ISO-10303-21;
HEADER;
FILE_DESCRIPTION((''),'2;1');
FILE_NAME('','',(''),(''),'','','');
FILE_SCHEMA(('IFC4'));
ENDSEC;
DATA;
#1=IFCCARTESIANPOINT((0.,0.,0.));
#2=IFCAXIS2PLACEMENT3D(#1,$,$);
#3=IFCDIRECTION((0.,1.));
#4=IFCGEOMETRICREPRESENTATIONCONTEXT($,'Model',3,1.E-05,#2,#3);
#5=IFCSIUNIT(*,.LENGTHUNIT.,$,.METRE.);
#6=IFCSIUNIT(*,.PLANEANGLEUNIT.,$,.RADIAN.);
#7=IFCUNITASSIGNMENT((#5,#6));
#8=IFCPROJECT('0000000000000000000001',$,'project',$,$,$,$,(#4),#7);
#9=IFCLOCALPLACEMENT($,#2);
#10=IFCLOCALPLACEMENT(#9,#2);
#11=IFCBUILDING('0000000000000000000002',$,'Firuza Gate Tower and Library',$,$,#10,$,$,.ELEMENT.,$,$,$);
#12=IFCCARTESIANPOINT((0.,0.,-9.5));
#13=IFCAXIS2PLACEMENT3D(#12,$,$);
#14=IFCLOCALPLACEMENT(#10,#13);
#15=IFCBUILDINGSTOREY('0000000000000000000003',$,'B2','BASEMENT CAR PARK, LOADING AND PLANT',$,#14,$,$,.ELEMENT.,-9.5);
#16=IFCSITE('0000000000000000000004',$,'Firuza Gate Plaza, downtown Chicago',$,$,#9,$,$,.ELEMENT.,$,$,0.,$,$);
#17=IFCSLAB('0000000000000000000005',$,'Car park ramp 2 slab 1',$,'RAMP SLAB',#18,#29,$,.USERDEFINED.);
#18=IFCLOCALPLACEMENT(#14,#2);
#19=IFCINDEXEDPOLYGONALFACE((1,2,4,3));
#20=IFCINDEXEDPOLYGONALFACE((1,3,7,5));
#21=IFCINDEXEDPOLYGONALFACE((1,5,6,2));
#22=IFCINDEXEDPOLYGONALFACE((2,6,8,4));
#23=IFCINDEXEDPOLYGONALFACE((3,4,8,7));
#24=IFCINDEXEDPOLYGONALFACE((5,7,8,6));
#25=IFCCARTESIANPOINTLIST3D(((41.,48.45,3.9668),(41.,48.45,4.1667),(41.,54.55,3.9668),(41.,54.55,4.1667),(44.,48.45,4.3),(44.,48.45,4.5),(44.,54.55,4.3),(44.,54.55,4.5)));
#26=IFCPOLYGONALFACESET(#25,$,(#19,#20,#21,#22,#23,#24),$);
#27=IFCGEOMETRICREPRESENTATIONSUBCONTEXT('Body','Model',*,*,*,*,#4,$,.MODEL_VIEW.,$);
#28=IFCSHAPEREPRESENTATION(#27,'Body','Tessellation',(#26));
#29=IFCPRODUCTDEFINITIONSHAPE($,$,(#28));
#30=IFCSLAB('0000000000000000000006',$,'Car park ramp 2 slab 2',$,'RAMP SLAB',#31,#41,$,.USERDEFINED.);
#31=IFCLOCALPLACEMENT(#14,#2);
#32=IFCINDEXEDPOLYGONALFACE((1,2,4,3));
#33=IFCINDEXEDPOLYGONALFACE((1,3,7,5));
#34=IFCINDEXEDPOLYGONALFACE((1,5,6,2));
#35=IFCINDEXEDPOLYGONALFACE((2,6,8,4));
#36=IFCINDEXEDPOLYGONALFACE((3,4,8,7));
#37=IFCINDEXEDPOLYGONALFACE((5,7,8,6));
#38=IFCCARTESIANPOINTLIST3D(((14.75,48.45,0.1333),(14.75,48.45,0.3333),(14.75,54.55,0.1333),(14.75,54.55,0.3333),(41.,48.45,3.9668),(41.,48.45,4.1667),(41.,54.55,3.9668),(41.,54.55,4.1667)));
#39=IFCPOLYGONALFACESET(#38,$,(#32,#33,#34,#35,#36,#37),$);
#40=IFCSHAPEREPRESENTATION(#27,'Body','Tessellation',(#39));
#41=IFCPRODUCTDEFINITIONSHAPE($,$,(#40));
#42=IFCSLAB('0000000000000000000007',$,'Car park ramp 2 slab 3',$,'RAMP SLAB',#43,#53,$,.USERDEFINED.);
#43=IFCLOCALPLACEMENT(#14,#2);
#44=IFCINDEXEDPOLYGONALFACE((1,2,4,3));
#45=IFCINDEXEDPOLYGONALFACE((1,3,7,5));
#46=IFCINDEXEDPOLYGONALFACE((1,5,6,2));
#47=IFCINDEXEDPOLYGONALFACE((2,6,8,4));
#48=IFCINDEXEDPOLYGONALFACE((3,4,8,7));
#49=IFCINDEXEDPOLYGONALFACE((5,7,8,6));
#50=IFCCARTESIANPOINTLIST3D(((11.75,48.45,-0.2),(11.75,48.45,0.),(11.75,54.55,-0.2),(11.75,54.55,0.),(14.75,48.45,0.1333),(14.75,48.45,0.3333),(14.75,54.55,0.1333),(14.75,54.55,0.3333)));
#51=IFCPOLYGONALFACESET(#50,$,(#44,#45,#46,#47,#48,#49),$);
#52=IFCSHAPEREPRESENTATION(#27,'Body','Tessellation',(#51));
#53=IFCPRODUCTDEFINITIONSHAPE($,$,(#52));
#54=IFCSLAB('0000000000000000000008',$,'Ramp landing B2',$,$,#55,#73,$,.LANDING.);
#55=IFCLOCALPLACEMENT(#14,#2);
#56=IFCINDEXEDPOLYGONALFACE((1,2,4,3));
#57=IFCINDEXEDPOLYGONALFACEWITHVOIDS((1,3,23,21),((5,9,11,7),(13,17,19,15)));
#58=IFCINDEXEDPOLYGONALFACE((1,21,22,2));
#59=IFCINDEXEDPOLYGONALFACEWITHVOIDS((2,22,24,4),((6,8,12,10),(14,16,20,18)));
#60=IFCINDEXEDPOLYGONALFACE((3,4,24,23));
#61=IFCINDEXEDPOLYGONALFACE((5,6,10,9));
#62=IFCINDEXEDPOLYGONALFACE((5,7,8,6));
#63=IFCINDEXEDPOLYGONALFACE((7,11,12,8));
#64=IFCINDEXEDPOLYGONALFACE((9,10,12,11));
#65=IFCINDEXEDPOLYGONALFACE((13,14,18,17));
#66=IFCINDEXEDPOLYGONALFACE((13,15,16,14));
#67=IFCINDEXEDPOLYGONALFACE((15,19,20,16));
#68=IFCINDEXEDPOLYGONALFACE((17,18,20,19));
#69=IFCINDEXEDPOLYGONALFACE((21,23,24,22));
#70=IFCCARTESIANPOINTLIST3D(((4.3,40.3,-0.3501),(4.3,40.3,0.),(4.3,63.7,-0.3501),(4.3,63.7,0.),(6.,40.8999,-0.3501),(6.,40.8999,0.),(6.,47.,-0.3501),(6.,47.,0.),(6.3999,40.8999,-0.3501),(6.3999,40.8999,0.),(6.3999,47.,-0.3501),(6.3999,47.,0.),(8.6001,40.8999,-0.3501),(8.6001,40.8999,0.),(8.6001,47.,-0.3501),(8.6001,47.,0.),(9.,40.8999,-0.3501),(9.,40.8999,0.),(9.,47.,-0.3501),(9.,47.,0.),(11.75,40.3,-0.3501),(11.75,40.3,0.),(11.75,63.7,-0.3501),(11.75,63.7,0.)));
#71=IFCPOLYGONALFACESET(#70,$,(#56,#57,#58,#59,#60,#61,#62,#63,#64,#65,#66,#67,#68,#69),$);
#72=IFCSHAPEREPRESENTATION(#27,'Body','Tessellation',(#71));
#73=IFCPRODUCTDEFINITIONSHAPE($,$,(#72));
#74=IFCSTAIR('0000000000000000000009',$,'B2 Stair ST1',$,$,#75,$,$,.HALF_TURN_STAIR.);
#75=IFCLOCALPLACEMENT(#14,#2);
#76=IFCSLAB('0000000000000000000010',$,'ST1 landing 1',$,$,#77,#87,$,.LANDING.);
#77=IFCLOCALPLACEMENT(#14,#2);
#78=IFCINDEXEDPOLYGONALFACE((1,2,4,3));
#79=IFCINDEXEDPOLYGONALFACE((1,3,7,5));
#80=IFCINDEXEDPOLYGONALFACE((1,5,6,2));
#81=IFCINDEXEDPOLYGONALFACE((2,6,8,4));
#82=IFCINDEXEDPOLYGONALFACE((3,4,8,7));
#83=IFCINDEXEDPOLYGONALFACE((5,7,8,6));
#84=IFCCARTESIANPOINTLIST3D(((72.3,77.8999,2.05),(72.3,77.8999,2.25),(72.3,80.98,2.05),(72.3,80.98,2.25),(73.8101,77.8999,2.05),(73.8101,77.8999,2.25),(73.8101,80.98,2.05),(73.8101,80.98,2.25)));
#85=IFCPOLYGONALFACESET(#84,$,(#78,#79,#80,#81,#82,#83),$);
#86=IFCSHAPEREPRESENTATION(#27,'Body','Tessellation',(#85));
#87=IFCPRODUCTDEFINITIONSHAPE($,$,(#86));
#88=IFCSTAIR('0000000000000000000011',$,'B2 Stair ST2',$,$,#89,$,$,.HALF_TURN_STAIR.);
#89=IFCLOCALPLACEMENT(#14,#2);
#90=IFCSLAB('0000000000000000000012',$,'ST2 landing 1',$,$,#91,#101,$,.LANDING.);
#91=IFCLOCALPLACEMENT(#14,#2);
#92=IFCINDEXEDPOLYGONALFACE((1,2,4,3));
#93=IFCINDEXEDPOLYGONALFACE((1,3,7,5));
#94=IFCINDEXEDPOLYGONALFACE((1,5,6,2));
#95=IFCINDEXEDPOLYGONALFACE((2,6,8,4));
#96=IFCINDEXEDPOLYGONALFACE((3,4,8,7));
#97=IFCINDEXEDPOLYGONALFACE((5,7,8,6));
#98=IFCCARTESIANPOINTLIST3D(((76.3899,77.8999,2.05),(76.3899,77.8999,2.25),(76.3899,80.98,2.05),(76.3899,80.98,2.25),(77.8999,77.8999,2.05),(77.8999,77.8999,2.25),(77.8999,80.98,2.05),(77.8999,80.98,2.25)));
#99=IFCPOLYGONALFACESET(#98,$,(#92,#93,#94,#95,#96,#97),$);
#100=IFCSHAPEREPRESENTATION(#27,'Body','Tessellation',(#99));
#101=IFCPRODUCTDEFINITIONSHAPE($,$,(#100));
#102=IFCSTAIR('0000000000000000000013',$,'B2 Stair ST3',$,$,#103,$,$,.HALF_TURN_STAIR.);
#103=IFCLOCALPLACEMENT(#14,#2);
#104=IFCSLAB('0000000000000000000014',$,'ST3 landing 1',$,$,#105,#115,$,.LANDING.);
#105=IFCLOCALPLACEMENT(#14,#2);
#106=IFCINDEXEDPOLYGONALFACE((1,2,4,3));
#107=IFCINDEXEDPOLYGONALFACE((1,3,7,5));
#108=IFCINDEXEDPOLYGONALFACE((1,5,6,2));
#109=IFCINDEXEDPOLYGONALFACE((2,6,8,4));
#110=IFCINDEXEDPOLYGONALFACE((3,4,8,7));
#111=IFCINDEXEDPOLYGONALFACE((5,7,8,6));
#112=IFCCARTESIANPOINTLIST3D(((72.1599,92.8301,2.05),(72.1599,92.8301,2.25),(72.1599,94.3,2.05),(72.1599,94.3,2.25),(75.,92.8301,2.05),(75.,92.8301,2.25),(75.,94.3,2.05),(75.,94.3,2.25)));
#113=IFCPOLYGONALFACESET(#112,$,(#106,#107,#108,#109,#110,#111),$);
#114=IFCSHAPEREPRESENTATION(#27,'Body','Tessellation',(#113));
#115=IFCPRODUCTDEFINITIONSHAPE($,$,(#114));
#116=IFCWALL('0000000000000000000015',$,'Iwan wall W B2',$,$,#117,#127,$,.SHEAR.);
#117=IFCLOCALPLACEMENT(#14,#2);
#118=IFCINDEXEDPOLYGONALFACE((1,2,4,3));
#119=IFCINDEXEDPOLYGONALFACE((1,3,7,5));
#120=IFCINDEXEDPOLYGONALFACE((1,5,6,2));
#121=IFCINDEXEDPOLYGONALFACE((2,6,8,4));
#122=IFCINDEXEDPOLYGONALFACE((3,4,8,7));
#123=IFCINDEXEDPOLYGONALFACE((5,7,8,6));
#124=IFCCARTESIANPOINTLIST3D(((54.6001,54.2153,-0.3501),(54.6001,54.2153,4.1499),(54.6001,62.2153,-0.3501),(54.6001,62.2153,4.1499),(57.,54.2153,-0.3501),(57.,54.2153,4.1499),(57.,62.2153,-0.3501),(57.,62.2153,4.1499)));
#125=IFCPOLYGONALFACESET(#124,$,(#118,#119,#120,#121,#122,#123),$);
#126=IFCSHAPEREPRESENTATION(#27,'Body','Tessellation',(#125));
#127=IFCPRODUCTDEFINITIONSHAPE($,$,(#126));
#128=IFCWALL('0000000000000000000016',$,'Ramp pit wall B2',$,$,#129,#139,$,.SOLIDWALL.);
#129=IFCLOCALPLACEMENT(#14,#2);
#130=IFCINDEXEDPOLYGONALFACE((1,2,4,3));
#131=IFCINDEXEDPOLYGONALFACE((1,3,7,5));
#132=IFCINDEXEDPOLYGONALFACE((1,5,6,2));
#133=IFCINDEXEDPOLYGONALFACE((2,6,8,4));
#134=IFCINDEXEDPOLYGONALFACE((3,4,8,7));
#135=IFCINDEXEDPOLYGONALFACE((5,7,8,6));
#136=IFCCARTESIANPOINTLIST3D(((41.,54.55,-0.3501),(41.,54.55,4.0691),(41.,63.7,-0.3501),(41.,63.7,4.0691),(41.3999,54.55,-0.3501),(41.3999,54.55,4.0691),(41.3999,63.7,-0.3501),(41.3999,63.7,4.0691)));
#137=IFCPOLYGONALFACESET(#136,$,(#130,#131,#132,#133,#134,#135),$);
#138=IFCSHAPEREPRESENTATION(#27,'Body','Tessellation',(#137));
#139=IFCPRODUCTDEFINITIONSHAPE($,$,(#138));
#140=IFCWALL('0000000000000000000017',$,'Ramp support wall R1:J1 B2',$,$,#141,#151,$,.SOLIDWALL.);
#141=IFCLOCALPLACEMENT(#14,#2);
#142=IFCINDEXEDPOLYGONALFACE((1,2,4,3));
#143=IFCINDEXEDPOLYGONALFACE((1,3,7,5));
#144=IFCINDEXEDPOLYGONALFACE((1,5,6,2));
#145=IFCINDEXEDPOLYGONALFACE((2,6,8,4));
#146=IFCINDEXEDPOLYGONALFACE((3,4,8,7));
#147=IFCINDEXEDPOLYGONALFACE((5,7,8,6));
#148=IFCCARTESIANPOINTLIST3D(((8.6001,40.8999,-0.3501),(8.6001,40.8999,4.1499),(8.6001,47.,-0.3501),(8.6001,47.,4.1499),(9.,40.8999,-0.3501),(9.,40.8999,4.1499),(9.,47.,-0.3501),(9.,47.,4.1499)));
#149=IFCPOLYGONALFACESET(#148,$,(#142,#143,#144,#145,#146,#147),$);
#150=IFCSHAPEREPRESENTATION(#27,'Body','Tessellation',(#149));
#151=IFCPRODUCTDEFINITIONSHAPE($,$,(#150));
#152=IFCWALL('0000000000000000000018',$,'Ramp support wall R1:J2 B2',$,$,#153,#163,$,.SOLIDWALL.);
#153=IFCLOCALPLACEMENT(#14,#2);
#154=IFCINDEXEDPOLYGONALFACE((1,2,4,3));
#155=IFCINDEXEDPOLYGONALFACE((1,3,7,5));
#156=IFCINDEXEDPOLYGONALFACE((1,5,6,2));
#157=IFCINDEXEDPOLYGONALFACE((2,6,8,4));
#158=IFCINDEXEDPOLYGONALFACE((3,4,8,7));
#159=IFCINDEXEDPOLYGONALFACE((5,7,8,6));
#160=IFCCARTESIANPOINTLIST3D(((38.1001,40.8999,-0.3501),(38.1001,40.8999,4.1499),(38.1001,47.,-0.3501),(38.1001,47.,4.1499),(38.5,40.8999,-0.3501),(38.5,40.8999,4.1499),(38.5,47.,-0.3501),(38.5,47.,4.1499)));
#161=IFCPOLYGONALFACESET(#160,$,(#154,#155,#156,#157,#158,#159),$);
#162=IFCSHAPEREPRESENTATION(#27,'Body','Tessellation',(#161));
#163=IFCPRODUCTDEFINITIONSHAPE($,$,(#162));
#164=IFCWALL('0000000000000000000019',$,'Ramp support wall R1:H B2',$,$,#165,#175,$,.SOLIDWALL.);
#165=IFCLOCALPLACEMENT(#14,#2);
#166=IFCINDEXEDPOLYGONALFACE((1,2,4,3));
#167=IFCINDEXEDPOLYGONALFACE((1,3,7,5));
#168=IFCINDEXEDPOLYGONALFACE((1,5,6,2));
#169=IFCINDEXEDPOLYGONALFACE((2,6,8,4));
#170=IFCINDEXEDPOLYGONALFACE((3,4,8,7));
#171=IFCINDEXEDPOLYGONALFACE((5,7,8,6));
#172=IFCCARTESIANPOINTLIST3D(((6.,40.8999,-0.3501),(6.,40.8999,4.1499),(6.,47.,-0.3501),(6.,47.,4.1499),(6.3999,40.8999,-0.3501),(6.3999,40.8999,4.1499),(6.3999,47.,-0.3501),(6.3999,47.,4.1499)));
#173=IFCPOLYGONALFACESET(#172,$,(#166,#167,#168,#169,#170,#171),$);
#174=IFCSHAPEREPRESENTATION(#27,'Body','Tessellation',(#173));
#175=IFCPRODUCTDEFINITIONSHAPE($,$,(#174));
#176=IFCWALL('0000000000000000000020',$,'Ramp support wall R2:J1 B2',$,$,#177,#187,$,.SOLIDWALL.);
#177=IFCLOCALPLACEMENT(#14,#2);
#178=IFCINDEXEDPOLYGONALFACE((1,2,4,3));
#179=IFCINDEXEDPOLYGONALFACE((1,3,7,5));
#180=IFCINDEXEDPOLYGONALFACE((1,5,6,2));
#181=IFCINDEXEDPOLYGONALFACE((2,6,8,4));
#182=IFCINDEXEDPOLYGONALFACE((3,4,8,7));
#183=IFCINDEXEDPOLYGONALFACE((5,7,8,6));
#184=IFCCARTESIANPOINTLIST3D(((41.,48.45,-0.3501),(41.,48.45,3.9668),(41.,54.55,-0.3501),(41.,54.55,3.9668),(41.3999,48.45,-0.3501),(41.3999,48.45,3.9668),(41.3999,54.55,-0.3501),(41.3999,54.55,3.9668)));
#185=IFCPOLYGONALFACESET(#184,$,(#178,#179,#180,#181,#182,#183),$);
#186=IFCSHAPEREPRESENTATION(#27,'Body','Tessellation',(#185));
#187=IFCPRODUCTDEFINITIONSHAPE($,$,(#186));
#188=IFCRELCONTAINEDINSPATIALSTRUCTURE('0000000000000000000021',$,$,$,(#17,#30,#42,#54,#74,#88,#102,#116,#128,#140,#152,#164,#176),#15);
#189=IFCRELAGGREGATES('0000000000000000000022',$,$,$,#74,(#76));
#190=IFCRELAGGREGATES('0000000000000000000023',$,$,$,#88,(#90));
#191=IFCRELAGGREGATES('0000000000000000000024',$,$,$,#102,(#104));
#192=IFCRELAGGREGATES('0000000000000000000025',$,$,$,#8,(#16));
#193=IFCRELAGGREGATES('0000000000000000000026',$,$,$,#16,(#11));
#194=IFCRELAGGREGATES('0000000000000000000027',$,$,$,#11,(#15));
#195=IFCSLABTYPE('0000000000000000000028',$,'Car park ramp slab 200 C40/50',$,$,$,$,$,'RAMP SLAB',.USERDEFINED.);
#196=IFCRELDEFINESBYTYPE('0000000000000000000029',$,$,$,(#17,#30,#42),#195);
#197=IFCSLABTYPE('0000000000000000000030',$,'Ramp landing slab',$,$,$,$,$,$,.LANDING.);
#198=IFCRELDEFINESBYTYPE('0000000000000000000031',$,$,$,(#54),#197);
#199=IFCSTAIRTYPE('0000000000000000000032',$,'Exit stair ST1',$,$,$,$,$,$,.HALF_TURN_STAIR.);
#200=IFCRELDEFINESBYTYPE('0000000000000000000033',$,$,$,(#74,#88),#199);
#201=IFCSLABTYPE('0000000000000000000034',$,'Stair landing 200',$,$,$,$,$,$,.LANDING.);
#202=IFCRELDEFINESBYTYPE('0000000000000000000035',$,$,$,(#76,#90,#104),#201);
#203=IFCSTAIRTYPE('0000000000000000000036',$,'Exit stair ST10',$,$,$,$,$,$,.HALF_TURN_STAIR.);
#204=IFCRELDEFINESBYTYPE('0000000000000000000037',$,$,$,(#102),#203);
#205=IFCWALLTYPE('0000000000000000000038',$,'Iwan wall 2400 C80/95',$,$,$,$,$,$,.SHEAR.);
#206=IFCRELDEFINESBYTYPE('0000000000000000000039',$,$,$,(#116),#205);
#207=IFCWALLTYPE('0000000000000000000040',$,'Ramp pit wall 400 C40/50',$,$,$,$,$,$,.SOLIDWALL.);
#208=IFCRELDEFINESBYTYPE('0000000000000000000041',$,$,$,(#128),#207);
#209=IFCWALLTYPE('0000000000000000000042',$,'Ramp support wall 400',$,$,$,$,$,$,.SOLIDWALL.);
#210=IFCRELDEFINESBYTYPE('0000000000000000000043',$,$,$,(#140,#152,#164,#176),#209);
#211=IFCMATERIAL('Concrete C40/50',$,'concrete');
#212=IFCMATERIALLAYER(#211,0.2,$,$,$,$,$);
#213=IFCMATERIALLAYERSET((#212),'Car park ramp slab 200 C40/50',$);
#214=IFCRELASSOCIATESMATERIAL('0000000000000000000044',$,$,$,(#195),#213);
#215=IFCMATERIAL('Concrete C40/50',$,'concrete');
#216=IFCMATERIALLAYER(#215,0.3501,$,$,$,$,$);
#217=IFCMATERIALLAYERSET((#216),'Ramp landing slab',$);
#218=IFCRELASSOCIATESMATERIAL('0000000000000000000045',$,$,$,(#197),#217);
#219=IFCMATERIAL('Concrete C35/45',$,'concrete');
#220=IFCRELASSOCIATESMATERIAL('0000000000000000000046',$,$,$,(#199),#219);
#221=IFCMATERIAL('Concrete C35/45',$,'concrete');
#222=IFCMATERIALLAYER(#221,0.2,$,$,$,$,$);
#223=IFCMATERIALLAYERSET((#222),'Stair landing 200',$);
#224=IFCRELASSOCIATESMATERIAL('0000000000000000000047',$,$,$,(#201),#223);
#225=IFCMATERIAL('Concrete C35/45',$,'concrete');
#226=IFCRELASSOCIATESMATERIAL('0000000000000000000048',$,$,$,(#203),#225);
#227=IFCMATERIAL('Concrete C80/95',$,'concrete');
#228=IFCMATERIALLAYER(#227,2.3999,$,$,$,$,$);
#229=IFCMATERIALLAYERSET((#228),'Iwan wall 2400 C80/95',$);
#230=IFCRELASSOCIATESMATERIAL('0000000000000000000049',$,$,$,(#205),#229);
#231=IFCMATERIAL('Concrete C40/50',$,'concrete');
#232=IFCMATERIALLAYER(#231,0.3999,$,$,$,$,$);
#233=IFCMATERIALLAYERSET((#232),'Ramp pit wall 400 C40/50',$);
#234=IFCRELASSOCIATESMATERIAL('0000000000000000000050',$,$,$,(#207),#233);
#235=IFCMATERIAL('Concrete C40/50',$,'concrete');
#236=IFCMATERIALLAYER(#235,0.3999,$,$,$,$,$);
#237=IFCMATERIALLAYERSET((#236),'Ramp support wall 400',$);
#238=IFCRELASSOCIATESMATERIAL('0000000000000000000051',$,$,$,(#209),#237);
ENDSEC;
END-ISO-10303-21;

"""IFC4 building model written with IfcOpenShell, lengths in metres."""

from ifc_helpers import new_model, si_unit, direction, frame, frame_2d, origin, place, context, subcontext, project, spatial, polyline, rectangle, outline, extrude, material, layer, layer_set, type_object, element, aggregate, save


model = new_model("IFC4")

# Units and contexts
model_context = context("Model", 3, precision=1e-05, world=origin(), true_north=direction((0.0, 1.0)))
body_context = subcontext(model_context, "Body", "Model", "MODEL_VIEW")
ifc_project = project(units=[si_unit("LENGTHUNIT", "METRE"), si_unit("PLANEANGLEUNIT", "RADIAN")], contexts=[model_context])

# Site, building, storey
site_placement = place(None, origin())
site = spatial("IfcSite", under=ifc_project, at=site_placement, Name="Firuza Gate Plaza, downtown Chicago", CompositionType="ELEMENT", RefElevation=0.0)
building_placement = place(site_placement, origin())
building = spatial("IfcBuilding", under=site, at=building_placement, Name="Firuza Gate Tower and Library", CompositionType="ELEMENT")
storey_placement = place(building_placement, frame((0.0, 0.0, -9.5)))
storey = spatial("IfcBuildingStorey", under=building, at=storey_placement, Name="B2", Description="BASEMENT CAR PARK, LOADING AND PLANT", CompositionType="ELEMENT", Elevation=-9.5)

# Slabs
placement_1 = place(storey_placement, frame((0.0, 0.0, -0.3501)))
ifc_material_1 = material(Name="Concrete C40/50", Category="concrete")
ifc_layer_1 = layer(ifc_material_1, 0.2)
ifc_layer_set_1 = layer_set([ifc_layer_1], Name="Car park ramp slab 200 C40/50")
slab_type_1 = type_object("IfcSlabType", Name="Car park ramp slab 200 C40/50", ElementType="RAMP SLAB", PredefinedType="USERDEFINED", material=ifc_layer_set_1)
slab_1_placement = place(storey_placement, frame((44.0, 51.5, 3.9668), z_axis=(0.0, 0.0, 1.0), x_axis=(-1.0, 0.0, 0.0)))
element("IfcSlab", 1, at=slab_1_placement, inside=storey, type_object=slab_type_1, Name="Car park ramp 2 slab 1", ObjectType="RAMP SLAB", PredefinedType="USERDEFINED", context=body_context, shape_type="SweptSolid", body=[
    extrude(outline(polyline([(0.0, 0.5332), (3.0, 0.2), (3.0, 0.0), (0.0, 0.3333), (0.0, 0.5332)])), frame((0.0, 3.05, 0.0), z_axis=(0.0, -1.0, 0.0), x_axis=(1.0, 0.0, 0.0)), (0.0, 0.0, 1.0), 6.1001),
])
slab_2_placement = place(storey_placement, frame((41.0, 51.5, 0.1333), z_axis=(0.0, 0.0, 1.0), x_axis=(-1.0, 0.0, 0.0)))
element("IfcSlab", 2, at=slab_2_placement, inside=storey, type_object=slab_type_1, Name="Car park ramp 2 slab 2", ObjectType="RAMP SLAB", PredefinedType="USERDEFINED", context=body_context, shape_type="SweptSolid", body=[
    extrude(outline(polyline([(0.0, 4.0334), (26.25, 0.2), (26.25, 0.0), (0.0, 3.8335), (0.0, 4.0334)])), frame((0.0, 3.05, 0.0), z_axis=(0.0, -1.0, 0.0), x_axis=(1.0, 0.0, 0.0)), (0.0, 0.0, 1.0), 6.1001),
])
slab_3_placement = place(storey_placement, frame((14.75, 51.5, -0.2), z_axis=(0.0, 0.0, 1.0), x_axis=(-1.0, 0.0, 0.0)))
element("IfcSlab", 3, at=slab_3_placement, inside=storey, type_object=slab_type_1, Name="Car park ramp 2 slab 3", ObjectType="RAMP SLAB", PredefinedType="USERDEFINED", context=body_context, shape_type="SweptSolid", body=[
    extrude(outline(polyline([(0.0, 0.5332), (3.0, 0.2), (3.0, 0.0), (0.0, 0.3333), (0.0, 0.5332)])), frame((0.0, 3.05, 0.0), z_axis=(0.0, -1.0, 0.0), x_axis=(1.0, 0.0, 0.0)), (0.0, 0.0, 1.0), 6.1001),
])
ifc_material_2 = material(Name="Concrete C40/50", Category="concrete")
ifc_layer_2 = layer(ifc_material_2, 0.3501)
ifc_layer_set_2 = layer_set([ifc_layer_2], Name="Ramp landing slab")
slab_type_2 = type_object("IfcSlabType", Name="Ramp landing slab", PredefinedType="LANDING", material=ifc_layer_set_2)
element("IfcSlab", 4, at=placement_1, inside=storey, type_object=slab_type_2, Name="Ramp landing B2", PredefinedType="LANDING", context=body_context, shape_type="SweptSolid", body=[
    extrude(outline(polyline([(4.3, 40.3), (4.3, 63.7), (11.75, 63.7), (11.75, 40.3), (4.3, 40.3)]), holes=[polyline([(6.3999, 40.8999), (6.3999, 47.0), (6.0, 47.0), (6.0, 40.8999), (6.3999, 40.8999)]), polyline([(9.0, 40.8999), (9.0, 47.0), (8.6001, 47.0), (8.6001, 40.8999), (9.0, 40.8999)])]), origin(), (0.0, 0.0, 1.0), 0.3501),
])

# Stairs, slabs
ifc_material_3 = material(Name="Concrete C35/45", Category="concrete")
stair_type_1 = type_object("IfcStairType", Name="Exit stair ST1", PredefinedType="HALF_TURN_STAIR", material=ifc_material_3)
placement_2 = place(storey_placement, origin())
stair_1 = element("IfcStair", 5, at=placement_2, inside=storey, type_object=stair_type_1, Name="B2 Stair ST1", PredefinedType="HALF_TURN_STAIR")
ifc_material_4 = material(Name="Concrete C35/45", Category="concrete")
ifc_layer_3 = layer(ifc_material_4, 0.2)
ifc_layer_set_3 = layer_set([ifc_layer_3], Name="Stair landing 200")
slab_type_3 = type_object("IfcSlabType", Name="Stair landing 200", PredefinedType="LANDING", material=ifc_layer_set_3)
placement_3 = place(storey_placement, frame((0.0, 0.0, 2.05)))
slab_4 = element("IfcSlab", 6, at=placement_3, type_object=slab_type_3, Name="ST1 landing 1", PredefinedType="LANDING", context=body_context, shape_type="SweptSolid", body=[
    extrude(outline(polyline([(72.3, 77.8999), (73.8101, 77.8999), (73.8101, 80.98), (72.3, 80.98), (72.3, 77.8999)])), origin(), (0.0, 0.0, 1.0), 0.2),
])
aggregate(stair_1, [slab_4])
stair_2 = element("IfcStair", 7, at=placement_2, inside=storey, type_object=stair_type_1, Name="B2 Stair ST2", PredefinedType="HALF_TURN_STAIR")
slab_5 = element("IfcSlab", 8, at=placement_3, type_object=slab_type_3, Name="ST2 landing 1", PredefinedType="LANDING", context=body_context, shape_type="SweptSolid", body=[
    extrude(outline(polyline([(77.8999, 80.98), (76.3899, 80.98), (76.3899, 77.8999), (77.8999, 77.8999), (77.8999, 80.98)])), origin(), (0.0, 0.0, 1.0), 0.2),
])
aggregate(stair_2, [slab_5])
ifc_material_5 = material(Name="Concrete C35/45", Category="concrete")
stair_type_2 = type_object("IfcStairType", Name="Exit stair ST10", PredefinedType="HALF_TURN_STAIR", material=ifc_material_5)
stair_3 = element("IfcStair", 9, at=placement_2, inside=storey, type_object=stair_type_2, Name="B2 Stair ST3", PredefinedType="HALF_TURN_STAIR")
slab_6 = element("IfcSlab", 10, at=placement_3, type_object=slab_type_3, Name="ST3 landing 1", PredefinedType="LANDING", context=body_context, shape_type="SweptSolid", body=[
    extrude(outline(polyline([(75.0, 92.8301), (75.0, 94.3), (72.1599, 94.3), (72.1599, 92.8301), (75.0, 92.8301)])), origin(), (0.0, 0.0, 1.0), 0.2),
])
aggregate(stair_3, [slab_6])

# Walls
ifc_material_6 = material(Name="Concrete C80/95", Category="concrete")
ifc_layer_4 = layer(ifc_material_6, 2.3999)
ifc_layer_set_4 = layer_set([ifc_layer_4], Name="Iwan wall 2400 C80/95")
wall_type_1 = type_object("IfcWallType", Name="Iwan wall 2400 C80/95", PredefinedType="SHEAR", material=ifc_layer_set_4)
wall_1_placement = place(storey_placement, frame((55.8, 54.2153, -0.3501), z_axis=(0.0, 0.0, 1.0), x_axis=(0.0, 1.0, 0.0)))
element("IfcWall", 11, at=wall_1_placement, inside=storey, type_object=wall_type_1, Name="Iwan wall W B2", PredefinedType="SHEAR", context=body_context, shape_type="SweptSolid", body=[
    extrude(rectangle(XDim=8.0, YDim=2.3999, at=frame_2d((4.0, 0.0))), origin(), (0.0, 0.0, 1.0), 4.5),
])
ifc_material_7 = material(Name="Concrete C40/50", Category="concrete")
ifc_layer_5 = layer(ifc_material_7, 0.3999)
ifc_layer_set_5 = layer_set([ifc_layer_5], Name="Ramp pit wall 400 C40/50")
wall_type_2 = type_object("IfcWallType", Name="Ramp pit wall 400 C40/50", PredefinedType="SOLIDWALL", material=ifc_layer_set_5)
wall_2_placement = place(storey_placement, frame((41.2, 54.55, -0.3501), z_axis=(0.0, 0.0, 1.0), x_axis=(0.0, 1.0, 0.0)))
element("IfcWall", 12, at=wall_2_placement, inside=storey, type_object=wall_type_2, Name="Ramp pit wall B2", PredefinedType="SOLIDWALL", context=body_context, shape_type="SweptSolid", body=[
    extrude(rectangle(XDim=9.1499, YDim=0.3999, at=frame_2d((4.575, 0.0))), origin(), (0.0, 0.0, 1.0), 4.4192),
])
ifc_material_8 = material(Name="Concrete C40/50", Category="concrete")
ifc_layer_6 = layer(ifc_material_8, 0.3999)
ifc_layer_set_6 = layer_set([ifc_layer_6], Name="Ramp support wall 400")
wall_type_3 = type_object("IfcWallType", Name="Ramp support wall 400", PredefinedType="SOLIDWALL", material=ifc_layer_set_6)
for number, where, z_axis, x_axis, name in (
    (13, (8.8, 40.8999, -0.3501), (0.0, 0.0, 1.0), (0.0, 1.0, 0.0), "Ramp support wall R1:J1 B2"),
    (14, (38.3, 40.8999, -0.3501), (0.0, 0.0, 1.0), (0.0, 1.0, 0.0), "Ramp support wall R1:J2 B2"),
):
    element("IfcWall", number, at=place(storey_placement, frame(where, z_axis=z_axis, x_axis=x_axis)), inside=storey, type_object=wall_type_3, Name=name, PredefinedType="SOLIDWALL", context=body_context, shape_type="SweptSolid", body=[
        extrude(rectangle(XDim=6.1001, YDim=0.3999, at=frame_2d((3.05, 0.0))), origin(), (0.0, 0.0, 1.0), 4.5),
    ])
wall_3_placement = place(storey_placement, frame((6.0, 43.95, -0.3501), z_axis=(0.0, 0.0, 1.0), x_axis=(1.0, 0.0, 0.0)))
element("IfcWall", 15, at=wall_3_placement, inside=storey, type_object=wall_type_3, Name="Ramp support wall R1:H B2", PredefinedType="SOLIDWALL", context=body_context, shape_type="SweptSolid", body=[
    extrude(rectangle(XDim=0.3999, YDim=6.1001, at=frame_2d((0.2, 0.0))), origin(), (0.0, 0.0, 1.0), 4.5),
])
wall_4_placement = place(storey_placement, frame((41.2, 48.45, -0.3501), z_axis=(0.0, 0.0, 1.0), x_axis=(0.0, 1.0, 0.0)))
element("IfcWall", 16, at=wall_4_placement, inside=storey, type_object=wall_type_3, Name="Ramp support wall R2:J1 B2", PredefinedType="SOLIDWALL", context=body_context, shape_type="SweptSolid", body=[
    extrude(rectangle(XDim=6.1001, YDim=0.3999, at=frame_2d((3.05, 0.0))), origin(), (0.0, 0.0, 1.0), 4.3169),
])

save(model, "model.ifc")
